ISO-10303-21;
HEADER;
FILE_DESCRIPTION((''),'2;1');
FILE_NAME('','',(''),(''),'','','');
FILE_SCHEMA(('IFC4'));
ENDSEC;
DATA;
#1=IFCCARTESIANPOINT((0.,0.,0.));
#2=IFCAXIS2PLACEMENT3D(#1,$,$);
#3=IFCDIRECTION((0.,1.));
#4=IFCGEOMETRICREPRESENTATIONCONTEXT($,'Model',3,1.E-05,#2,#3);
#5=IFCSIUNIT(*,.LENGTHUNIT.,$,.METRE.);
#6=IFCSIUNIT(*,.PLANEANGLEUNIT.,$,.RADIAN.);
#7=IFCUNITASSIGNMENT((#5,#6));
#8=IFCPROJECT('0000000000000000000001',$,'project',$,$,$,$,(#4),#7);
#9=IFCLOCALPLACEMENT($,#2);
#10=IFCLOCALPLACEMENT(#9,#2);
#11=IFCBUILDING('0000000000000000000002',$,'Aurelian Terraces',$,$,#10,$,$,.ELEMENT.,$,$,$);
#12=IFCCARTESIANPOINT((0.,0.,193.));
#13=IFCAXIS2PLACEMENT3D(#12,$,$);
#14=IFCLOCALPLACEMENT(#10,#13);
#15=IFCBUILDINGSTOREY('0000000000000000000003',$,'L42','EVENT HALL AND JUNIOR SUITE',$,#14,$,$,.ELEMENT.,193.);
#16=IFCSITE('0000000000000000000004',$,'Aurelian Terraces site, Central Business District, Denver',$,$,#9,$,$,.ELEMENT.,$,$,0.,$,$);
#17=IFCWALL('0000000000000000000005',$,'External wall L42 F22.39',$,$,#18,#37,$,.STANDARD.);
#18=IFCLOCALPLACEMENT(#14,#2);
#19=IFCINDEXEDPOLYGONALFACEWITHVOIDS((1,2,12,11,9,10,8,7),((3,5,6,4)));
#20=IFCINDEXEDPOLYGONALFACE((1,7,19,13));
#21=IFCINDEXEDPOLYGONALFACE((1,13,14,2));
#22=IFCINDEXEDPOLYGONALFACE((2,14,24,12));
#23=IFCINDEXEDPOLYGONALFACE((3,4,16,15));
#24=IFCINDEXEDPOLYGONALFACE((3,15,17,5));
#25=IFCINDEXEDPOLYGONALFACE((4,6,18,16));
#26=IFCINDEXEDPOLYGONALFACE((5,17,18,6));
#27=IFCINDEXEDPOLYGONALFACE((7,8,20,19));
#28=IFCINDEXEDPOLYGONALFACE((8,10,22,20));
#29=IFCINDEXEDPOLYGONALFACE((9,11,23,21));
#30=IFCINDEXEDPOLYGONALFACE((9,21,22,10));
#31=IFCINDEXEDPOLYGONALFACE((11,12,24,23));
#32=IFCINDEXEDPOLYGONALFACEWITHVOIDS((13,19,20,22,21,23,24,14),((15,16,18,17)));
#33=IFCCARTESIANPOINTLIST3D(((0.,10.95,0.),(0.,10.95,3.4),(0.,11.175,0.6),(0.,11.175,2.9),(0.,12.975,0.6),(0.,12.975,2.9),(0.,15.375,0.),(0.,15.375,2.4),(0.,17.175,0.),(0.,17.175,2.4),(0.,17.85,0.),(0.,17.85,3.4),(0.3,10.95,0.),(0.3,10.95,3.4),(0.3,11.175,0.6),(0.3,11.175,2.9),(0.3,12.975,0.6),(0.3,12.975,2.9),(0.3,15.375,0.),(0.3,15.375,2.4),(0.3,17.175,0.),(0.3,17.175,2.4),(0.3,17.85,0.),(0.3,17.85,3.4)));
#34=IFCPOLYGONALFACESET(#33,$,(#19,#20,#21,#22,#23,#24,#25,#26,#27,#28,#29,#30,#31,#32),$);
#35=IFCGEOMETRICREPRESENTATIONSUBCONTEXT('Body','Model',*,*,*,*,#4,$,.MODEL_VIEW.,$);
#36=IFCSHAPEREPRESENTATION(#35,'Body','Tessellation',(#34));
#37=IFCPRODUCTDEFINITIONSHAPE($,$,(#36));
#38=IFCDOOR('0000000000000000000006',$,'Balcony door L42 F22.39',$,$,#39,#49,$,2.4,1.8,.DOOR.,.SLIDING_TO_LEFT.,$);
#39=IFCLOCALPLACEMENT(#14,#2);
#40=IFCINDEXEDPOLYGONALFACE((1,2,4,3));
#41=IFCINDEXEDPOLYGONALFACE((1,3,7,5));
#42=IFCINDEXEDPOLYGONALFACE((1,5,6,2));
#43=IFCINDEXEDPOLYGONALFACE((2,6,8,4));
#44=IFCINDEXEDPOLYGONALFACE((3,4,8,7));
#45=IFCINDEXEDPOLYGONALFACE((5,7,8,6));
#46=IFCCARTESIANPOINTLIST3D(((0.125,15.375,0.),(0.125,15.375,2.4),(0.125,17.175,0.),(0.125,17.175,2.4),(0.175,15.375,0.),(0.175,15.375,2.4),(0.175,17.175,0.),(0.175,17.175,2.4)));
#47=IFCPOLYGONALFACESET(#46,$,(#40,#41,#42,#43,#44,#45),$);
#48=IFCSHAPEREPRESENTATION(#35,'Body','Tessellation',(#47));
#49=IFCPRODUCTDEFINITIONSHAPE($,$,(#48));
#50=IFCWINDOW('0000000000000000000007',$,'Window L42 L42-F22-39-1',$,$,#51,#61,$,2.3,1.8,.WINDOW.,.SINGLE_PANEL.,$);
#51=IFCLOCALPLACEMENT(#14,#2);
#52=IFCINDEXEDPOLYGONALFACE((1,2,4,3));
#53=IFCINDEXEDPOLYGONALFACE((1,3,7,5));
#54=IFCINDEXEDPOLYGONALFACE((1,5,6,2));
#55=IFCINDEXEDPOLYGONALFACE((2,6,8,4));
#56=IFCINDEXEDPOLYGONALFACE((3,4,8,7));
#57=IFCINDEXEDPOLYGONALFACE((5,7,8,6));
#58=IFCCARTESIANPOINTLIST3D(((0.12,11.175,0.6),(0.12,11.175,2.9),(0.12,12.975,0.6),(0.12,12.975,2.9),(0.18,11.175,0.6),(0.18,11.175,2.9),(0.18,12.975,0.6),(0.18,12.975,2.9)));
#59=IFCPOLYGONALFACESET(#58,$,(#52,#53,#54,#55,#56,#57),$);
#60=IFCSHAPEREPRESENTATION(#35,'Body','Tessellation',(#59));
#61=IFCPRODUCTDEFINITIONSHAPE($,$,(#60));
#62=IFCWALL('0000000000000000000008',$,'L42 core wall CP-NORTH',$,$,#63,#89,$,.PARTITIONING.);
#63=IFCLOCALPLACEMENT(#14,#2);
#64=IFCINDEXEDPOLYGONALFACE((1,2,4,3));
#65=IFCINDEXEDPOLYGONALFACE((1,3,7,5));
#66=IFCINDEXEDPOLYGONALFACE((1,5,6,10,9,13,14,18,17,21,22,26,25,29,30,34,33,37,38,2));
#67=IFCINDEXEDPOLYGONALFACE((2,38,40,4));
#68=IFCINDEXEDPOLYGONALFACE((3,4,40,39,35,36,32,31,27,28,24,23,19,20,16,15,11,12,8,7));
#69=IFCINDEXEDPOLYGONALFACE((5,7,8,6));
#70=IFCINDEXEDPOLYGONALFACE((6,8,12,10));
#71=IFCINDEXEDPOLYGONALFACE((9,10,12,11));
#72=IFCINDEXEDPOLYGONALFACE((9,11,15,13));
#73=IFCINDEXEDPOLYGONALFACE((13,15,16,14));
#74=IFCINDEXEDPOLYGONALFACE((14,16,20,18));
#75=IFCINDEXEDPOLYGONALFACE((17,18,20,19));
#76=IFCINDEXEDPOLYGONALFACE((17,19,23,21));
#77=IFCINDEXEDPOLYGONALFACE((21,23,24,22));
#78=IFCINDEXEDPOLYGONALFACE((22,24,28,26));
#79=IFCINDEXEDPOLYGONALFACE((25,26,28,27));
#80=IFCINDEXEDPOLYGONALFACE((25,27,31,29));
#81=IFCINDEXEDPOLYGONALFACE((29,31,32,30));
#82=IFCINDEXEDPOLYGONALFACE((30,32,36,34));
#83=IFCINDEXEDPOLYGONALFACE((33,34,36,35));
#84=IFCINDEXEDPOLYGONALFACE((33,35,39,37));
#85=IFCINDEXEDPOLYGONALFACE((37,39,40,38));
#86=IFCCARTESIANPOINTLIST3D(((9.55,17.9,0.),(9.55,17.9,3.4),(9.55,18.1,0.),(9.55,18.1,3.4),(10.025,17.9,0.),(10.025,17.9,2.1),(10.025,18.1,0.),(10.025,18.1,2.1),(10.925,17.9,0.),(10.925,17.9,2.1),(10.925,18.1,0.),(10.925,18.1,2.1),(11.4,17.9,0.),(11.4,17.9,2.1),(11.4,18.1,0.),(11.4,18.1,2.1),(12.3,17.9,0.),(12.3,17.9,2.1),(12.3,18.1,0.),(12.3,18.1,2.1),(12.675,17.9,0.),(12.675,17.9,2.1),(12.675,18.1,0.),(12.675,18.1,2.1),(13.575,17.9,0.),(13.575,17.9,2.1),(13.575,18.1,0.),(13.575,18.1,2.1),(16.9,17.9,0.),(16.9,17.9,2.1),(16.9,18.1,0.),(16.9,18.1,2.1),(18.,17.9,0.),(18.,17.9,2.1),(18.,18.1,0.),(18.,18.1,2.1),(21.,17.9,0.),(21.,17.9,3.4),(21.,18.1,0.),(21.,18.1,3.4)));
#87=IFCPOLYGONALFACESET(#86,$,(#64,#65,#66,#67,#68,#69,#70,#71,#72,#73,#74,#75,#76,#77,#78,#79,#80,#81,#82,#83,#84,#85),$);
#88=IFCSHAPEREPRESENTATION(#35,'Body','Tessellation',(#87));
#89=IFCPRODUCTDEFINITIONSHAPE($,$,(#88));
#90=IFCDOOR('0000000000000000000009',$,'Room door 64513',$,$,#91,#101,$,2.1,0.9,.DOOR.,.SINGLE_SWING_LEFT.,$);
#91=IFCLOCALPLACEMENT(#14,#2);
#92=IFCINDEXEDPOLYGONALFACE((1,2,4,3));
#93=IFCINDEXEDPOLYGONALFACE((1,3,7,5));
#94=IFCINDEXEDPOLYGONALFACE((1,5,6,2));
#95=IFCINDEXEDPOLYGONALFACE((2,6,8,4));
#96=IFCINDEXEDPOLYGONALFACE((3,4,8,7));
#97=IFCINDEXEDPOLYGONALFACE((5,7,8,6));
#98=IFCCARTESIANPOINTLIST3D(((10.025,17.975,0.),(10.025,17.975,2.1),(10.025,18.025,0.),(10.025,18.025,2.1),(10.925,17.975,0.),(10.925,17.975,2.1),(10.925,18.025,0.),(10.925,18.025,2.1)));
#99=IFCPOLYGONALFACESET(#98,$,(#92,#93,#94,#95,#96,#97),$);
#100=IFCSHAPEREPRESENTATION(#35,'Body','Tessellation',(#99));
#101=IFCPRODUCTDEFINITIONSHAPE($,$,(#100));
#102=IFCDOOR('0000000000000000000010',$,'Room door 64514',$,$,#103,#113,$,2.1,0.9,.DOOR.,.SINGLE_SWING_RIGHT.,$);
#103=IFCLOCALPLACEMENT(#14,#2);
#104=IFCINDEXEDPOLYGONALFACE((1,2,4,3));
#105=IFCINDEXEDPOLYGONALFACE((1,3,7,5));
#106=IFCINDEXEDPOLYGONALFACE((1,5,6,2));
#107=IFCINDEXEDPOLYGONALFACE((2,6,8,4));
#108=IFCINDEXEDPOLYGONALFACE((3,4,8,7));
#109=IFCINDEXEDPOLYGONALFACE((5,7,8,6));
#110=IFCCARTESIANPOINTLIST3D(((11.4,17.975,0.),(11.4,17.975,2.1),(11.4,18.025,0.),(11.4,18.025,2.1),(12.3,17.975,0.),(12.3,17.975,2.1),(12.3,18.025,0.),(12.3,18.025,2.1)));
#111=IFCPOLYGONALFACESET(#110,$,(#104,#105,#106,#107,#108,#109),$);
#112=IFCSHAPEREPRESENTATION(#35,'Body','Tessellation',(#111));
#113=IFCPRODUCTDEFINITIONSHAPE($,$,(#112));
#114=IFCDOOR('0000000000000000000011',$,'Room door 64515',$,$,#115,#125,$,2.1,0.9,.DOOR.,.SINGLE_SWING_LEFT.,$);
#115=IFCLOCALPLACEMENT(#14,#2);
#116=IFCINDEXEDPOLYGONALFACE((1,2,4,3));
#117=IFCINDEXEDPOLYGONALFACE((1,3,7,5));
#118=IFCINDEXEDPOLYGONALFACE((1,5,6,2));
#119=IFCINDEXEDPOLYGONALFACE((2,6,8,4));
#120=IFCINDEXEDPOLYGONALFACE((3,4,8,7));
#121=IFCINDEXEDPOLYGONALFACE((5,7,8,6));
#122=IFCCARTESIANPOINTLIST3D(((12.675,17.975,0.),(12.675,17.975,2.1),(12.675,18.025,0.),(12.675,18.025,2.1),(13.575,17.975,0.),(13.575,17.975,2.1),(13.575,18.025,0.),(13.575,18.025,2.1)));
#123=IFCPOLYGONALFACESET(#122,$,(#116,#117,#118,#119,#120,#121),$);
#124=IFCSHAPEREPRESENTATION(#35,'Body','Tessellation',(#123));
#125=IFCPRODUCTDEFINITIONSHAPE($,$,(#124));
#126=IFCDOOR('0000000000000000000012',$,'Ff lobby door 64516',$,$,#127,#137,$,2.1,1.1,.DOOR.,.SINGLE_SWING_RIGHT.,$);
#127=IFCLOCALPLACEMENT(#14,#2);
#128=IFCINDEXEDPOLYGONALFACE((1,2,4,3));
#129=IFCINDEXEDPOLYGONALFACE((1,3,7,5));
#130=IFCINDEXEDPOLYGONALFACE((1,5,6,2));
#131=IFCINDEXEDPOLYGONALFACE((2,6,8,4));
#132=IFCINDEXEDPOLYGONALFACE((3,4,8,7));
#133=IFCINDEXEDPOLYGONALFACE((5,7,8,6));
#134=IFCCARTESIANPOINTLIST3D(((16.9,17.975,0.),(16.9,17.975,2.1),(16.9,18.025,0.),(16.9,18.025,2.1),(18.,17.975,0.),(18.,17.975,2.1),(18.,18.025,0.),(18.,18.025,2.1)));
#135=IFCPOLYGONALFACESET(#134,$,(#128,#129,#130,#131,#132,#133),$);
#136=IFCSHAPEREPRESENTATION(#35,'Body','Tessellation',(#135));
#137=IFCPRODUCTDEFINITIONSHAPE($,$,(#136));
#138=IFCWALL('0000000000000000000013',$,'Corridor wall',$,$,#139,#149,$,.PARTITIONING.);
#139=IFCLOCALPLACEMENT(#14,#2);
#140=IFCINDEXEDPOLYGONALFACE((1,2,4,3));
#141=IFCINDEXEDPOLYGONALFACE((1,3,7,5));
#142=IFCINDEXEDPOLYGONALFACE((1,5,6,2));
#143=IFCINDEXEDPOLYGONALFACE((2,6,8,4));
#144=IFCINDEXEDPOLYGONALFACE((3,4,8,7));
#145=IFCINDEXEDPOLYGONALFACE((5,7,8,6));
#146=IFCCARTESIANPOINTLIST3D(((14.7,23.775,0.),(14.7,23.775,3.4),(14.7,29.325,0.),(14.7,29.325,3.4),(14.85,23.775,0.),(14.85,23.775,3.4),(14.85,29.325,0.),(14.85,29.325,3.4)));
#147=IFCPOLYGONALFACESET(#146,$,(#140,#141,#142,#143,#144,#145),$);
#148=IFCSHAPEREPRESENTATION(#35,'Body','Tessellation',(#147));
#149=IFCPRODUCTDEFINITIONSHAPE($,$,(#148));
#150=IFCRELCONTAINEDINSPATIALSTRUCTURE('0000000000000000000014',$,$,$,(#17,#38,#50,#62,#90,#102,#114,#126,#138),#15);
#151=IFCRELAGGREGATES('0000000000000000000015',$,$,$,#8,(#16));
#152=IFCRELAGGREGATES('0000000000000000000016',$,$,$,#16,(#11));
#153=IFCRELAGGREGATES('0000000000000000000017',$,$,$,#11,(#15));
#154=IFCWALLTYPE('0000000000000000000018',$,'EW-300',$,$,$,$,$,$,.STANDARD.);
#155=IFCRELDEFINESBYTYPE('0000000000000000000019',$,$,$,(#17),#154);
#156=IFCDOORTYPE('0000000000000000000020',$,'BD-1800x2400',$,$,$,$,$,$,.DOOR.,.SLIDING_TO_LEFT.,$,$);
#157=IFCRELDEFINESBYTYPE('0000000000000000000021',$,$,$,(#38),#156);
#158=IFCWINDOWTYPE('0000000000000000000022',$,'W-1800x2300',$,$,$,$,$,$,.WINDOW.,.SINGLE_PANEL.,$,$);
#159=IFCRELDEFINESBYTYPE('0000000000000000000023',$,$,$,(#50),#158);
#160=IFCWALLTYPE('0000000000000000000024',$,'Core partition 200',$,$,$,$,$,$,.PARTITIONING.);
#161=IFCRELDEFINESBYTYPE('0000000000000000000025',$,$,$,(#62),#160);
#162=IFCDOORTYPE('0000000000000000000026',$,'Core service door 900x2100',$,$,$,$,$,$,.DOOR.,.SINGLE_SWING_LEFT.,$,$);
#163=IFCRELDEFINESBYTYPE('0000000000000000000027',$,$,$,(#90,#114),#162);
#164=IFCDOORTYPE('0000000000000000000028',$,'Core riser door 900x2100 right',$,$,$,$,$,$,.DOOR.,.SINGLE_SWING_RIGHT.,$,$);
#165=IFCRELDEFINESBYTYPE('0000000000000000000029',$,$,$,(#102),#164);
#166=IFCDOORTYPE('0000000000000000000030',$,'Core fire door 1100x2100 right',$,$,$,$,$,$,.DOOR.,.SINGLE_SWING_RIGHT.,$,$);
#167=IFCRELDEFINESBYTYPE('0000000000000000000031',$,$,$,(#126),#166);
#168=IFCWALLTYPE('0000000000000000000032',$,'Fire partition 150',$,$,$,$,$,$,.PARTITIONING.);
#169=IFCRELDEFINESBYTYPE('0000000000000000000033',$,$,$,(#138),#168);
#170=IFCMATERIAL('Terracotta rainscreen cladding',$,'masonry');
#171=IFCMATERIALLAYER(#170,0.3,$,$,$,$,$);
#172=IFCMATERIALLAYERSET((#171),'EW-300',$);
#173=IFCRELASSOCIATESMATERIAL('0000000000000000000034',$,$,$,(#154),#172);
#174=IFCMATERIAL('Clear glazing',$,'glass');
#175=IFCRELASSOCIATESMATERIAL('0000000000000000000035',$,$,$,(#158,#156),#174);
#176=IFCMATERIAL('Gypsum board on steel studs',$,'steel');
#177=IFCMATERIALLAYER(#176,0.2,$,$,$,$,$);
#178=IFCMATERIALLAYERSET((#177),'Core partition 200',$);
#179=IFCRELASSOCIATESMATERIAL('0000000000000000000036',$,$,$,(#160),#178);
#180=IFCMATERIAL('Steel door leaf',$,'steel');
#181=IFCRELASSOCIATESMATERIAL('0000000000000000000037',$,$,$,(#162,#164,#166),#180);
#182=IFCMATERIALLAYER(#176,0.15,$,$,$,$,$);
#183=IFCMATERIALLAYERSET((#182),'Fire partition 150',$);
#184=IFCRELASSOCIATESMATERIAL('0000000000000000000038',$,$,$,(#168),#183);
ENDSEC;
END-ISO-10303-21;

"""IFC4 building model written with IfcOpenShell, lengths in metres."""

from ifc_helpers import new_model, si_unit, direction, frame, frame_2d, origin, place, context, subcontext, project, spatial, rectangle, extrude, source, transform, mapped, material, layer, layer_set, type_object, element, fill, save


model = new_model("IFC4")

# Units and contexts
model_context = context("Model", 3, precision=1e-05, world=origin(), true_north=direction((0.0, 1.0)))
body_context = subcontext(model_context, "Body", "Model", "MODEL_VIEW")
ifc_project = project(units=[si_unit("LENGTHUNIT", "METRE"), si_unit("PLANEANGLEUNIT", "RADIAN")], contexts=[model_context])

# Site, building, storey
site_placement = place(None, origin())
site = spatial("IfcSite", under=ifc_project, at=site_placement, Name="Aurelian Terraces site, Central Business District, Denver", CompositionType="ELEMENT", RefElevation=0.0)
building_placement = place(site_placement, origin())
building = spatial("IfcBuilding", under=site, at=building_placement, Name="Aurelian Terraces", CompositionType="ELEMENT")
storey_placement = place(building_placement, frame((0.0, 0.0, 193.0)))
storey = spatial("IfcBuildingStorey", under=building, at=storey_placement, Name="L42", Description="EVENT HALL AND JUNIOR SUITE", CompositionType="ELEMENT", Elevation=193.0)

# Shared definitions
ifc_material_1 = material(Name="Gypsum board on steel studs", Category="steel")
shared_shape_1 = source(origin(), body_context, "Body", "SweptSolid", [
    extrude(rectangle(XDim=0.9, YDim=2.1, at=frame_2d((0.45, 1.05))), frame((0.0, 0.025, 0.0), z_axis=(0.0, -1.0, 0.0), x_axis=(1.0, 0.0, 0.0)), (0.0, 0.0, 1.0), 0.05),
])
ifc_material_2 = material(Name="Steel door leaf", Category="steel")

# Shared definitions
ifc_material_3 = material(Name="Terracotta rainscreen cladding", Category="masonry")
ifc_layer_1 = layer(ifc_material_3, 0.3)
ifc_layer_set_1 = layer_set([ifc_layer_1], Name="EW-300")
wall_type_1 = type_object("IfcWallType", Name="EW-300", PredefinedType="STANDARD", material=ifc_layer_set_1)
shared_shape_2 = source(origin(), body_context, "Body", "SweptSolid", [
    extrude(rectangle(XDim=1.8, YDim=2.3, at=frame_2d((0.9, 1.15))), frame((0.0, 0.16, 0.0), z_axis=(0.0, -1.0, 0.0), x_axis=(1.0, 0.0, 0.0)), (0.0, 0.0, 1.0), 0.32),
])
ifc_material_4 = material(Name="Clear glazing", Category="glass")
window_type_1 = type_object("IfcWindowType", Name="W-1800x2300", PartitioningType="SINGLE_PANEL", PredefinedType="WINDOW", material=ifc_material_4)
shared_shape_3 = source(origin(), body_context, "Body", "SweptSolid", [
    extrude(rectangle(XDim=1.8, YDim=2.3, at=frame_2d((0.9, 1.15))), frame((0.0, 0.03, 0.0), z_axis=(0.0, -1.0, 0.0), x_axis=(1.0, 0.0, 0.0)), (0.0, 0.0, 1.0), 0.06),
])

# Wall, openings, door, window
shared_shape_4 = source(origin(), body_context, "Body", "SweptSolid", [
    extrude(rectangle(XDim=6.9, YDim=0.3, at=frame_2d((3.45, 0.0))), origin(), (0.0, 0.0, 1.0), 3.4),
])
wall_1_placement = place(storey_placement, frame((0.15, 17.85, 0.0), z_axis=(0.0, 0.0, 1.0), x_axis=(0.0, -1.0, 0.0)))
wall_1 = element("IfcWall", 1, at=wall_1_placement, inside=storey, type_object=wall_type_1, Name="External wall L42 F22.39", PredefinedType="STANDARD", context=body_context, shape_type="MappedRepresentation", body=[
    mapped(shared_shape_4, transform((0.0, 0.0, 0.0), scale=1.0)),
])
shared_shape_5 = source(origin(), body_context, "Body", "SweptSolid", [
    extrude(rectangle(XDim=1.8, YDim=2.4, at=frame_2d((0.9, 1.2))), frame((0.0, 0.16, 0.0), z_axis=(0.0, -1.0, 0.0), x_axis=(1.0, 0.0, 0.0)), (0.0, 0.0, 1.0), 0.32),
])
opening_1_placement = place(wall_1_placement, frame((0.675, 0.0, 0.0)))
opening_1 = element("IfcOpeningElement", 2, at=opening_1_placement, cuts=wall_1, PredefinedType="OPENING", context=body_context, shape_type="MappedRepresentation", body=[
    mapped(shared_shape_5, transform((0.0, 0.0, 0.0), scale=1.0)),
])
opening_2_placement = place(wall_1_placement, frame((4.875, 0.0, 0.6)))
opening_2 = element("IfcOpeningElement", 3, at=opening_2_placement, cuts=wall_1, PredefinedType="OPENING", context=body_context, shape_type="MappedRepresentation", body=[
    mapped(shared_shape_2, transform((0.0, 0.0, 0.0), scale=1.0)),
])
door_type_1 = type_object("IfcDoorType", Name="BD-1800x2400", OperationType="SLIDING_TO_LEFT", PredefinedType="DOOR", material=ifc_material_4)
shared_shape_6 = source(origin(), body_context, "Body", "SweptSolid", [
    extrude(rectangle(XDim=1.8, YDim=2.4, at=frame_2d((0.9, 1.2))), frame((0.0, 0.025, 0.0), z_axis=(0.0, -1.0, 0.0), x_axis=(1.0, 0.0, 0.0)), (0.0, 0.0, 1.0), 0.05),
])
door_1_placement = place(opening_1_placement, origin())
door_1 = element("IfcDoor", 4, at=door_1_placement, inside=storey, type_object=door_type_1, Name="Balcony door L42 F22.39", OperationType="SLIDING_TO_LEFT", OverallHeight=2.4, OverallWidth=1.8, PredefinedType="DOOR", context=body_context, shape_type="MappedRepresentation", body=[
    mapped(shared_shape_6, transform((0.0, 0.0, 0.0), scale=1.0)),
])
fill(opening_1, door_1)
window_1_placement = place(opening_2_placement, origin())
window_1 = element("IfcWindow", 5, at=window_1_placement, inside=storey, type_object=window_type_1, Name="Window L42 L42-F22-39-1", OverallHeight=2.3, OverallWidth=1.8, PartitioningType="SINGLE_PANEL", PredefinedType="WINDOW", context=body_context, shape_type="MappedRepresentation", body=[
    mapped(shared_shape_3, transform((0.0, 0.0, 0.0), scale=1.0)),
])
fill(opening_2, window_1)

# Wall, openings, doors
ifc_layer_2 = layer(ifc_material_1, 0.2)
ifc_layer_set_2 = layer_set([ifc_layer_2], Name="Core partition 200")
wall_type_2 = type_object("IfcWallType", Name="Core partition 200", PredefinedType="PARTITIONING", material=ifc_layer_set_2)
shared_shape_7 = source(origin(), body_context, "Body", "SweptSolid", [
    extrude(rectangle(XDim=11.45, YDim=0.2, at=frame_2d((5.725, 0.0))), origin(), (0.0, 0.0, 1.0), 3.4),
])
wall_2_placement = place(storey_placement, frame((9.55, 18.0, 0.0), z_axis=(0.0, 0.0, 1.0), x_axis=(1.0, 0.0, 0.0)))
wall_2 = element("IfcWall", 6, at=wall_2_placement, inside=storey, type_object=wall_type_2, Name="L42 core wall CP-NORTH", PredefinedType="PARTITIONING", context=body_context, shape_type="MappedRepresentation", body=[
    mapped(shared_shape_7, transform((0.0, 0.0, 0.0), scale=1.0)),
])
shared_shape_8 = source(origin(), body_context, "Body", "SweptSolid", [
    extrude(rectangle(XDim=0.9, YDim=2.1, at=frame_2d((0.45, 1.05))), frame((0.0, 0.11, 0.0), z_axis=(0.0, -1.0, 0.0), x_axis=(1.0, 0.0, 0.0)), (0.0, 0.0, 1.0), 0.22),
])
opening_3_placement = place(wall_2_placement, frame((0.475, 0.0, 0.0)))
opening_3 = element("IfcOpeningElement", 7, at=opening_3_placement, cuts=wall_2, PredefinedType="OPENING", context=body_context, shape_type="MappedRepresentation", body=[
    mapped(shared_shape_8, transform((0.0, 0.0, 0.0), scale=1.0)),
])
opening_4_placement = place(wall_2_placement, frame((1.85, 0.0, 0.0)))
opening_4 = element("IfcOpeningElement", 8, at=opening_4_placement, cuts=wall_2, PredefinedType="OPENING", context=body_context, shape_type="MappedRepresentation", body=[
    mapped(shared_shape_8, transform((0.0, 0.0, 0.0), scale=1.0)),
])
opening_5_placement = place(wall_2_placement, frame((3.125, 0.0, 0.0)))
opening_5 = element("IfcOpeningElement", 9, at=opening_5_placement, cuts=wall_2, PredefinedType="OPENING", context=body_context, shape_type="MappedRepresentation", body=[
    mapped(shared_shape_8, transform((0.0, 0.0, 0.0), scale=1.0)),
])
shared_shape_9 = source(origin(), body_context, "Body", "SweptSolid", [
    extrude(rectangle(XDim=1.1, YDim=2.1, at=frame_2d((0.55, 1.05))), frame((0.0, 0.11, 0.0), z_axis=(0.0, -1.0, 0.0), x_axis=(1.0, 0.0, 0.0)), (0.0, 0.0, 1.0), 0.22),
])
opening_6_placement = place(wall_2_placement, frame((7.35, 0.0, 0.0)))
opening_6 = element("IfcOpeningElement", 10, at=opening_6_placement, cuts=wall_2, PredefinedType="OPENING", context=body_context, shape_type="MappedRepresentation", body=[
    mapped(shared_shape_9, transform((0.0, 0.0, 0.0), scale=1.0)),
])
door_type_2 = type_object("IfcDoorType", Name="Core service door 900x2100", OperationType="SINGLE_SWING_LEFT", PredefinedType="DOOR", material=ifc_material_2)
door_2_placement = place(opening_3_placement, origin())
door_2 = element("IfcDoor", 11, at=door_2_placement, inside=storey, type_object=door_type_2, Name="Room door 64513", OperationType="SINGLE_SWING_LEFT", OverallHeight=2.1, OverallWidth=0.9, PredefinedType="DOOR", context=body_context, shape_type="MappedRepresentation", body=[
    mapped(shared_shape_1, transform((0.0, 0.0, 0.0), scale=1.0)),
])
fill(opening_3, door_2)
door_type_3 = type_object("IfcDoorType", Name="Core riser door 900x2100 right", OperationType="SINGLE_SWING_RIGHT", PredefinedType="DOOR", material=ifc_material_2)
door_3_placement = place(opening_4_placement, origin())
door_3 = element("IfcDoor", 12, at=door_3_placement, inside=storey, type_object=door_type_3, Name="Room door 64514", OperationType="SINGLE_SWING_RIGHT", OverallHeight=2.1, OverallWidth=0.9, PredefinedType="DOOR", context=body_context, shape_type="MappedRepresentation", body=[
    mapped(shared_shape_1, transform((0.0, 0.0, 0.0), scale=1.0)),
])
fill(opening_4, door_3)
door_4_placement = place(opening_5_placement, origin())
door_4 = element("IfcDoor", 13, at=door_4_placement, inside=storey, type_object=door_type_2, Name="Room door 64515", OperationType="SINGLE_SWING_LEFT", OverallHeight=2.1, OverallWidth=0.9, PredefinedType="DOOR", context=body_context, shape_type="MappedRepresentation", body=[
    mapped(shared_shape_1, transform((0.0, 0.0, 0.0), scale=1.0)),
])
fill(opening_5, door_4)
door_type_4 = type_object("IfcDoorType", Name="Core fire door 1100x2100 right", OperationType="SINGLE_SWING_RIGHT", PredefinedType="DOOR", material=ifc_material_2)
shared_shape_10 = source(origin(), body_context, "Body", "SweptSolid", [
    extrude(rectangle(XDim=1.1, YDim=2.1, at=frame_2d((0.55, 1.05))), frame((0.0, 0.025, 0.0), z_axis=(0.0, -1.0, 0.0), x_axis=(1.0, 0.0, 0.0)), (0.0, 0.0, 1.0), 0.05),
])
door_5_placement = place(opening_6_placement, origin())
door_5 = element("IfcDoor", 14, at=door_5_placement, inside=storey, type_object=door_type_4, Name="Ff lobby door 64516", OperationType="SINGLE_SWING_RIGHT", OverallHeight=2.1, OverallWidth=1.1, PredefinedType="DOOR", context=body_context, shape_type="MappedRepresentation", body=[
    mapped(shared_shape_10, transform((0.0, 0.0, 0.0), scale=1.0)),
])
fill(opening_6, door_5)

# Wall
ifc_layer_3 = layer(ifc_material_1, 0.15)
ifc_layer_set_3 = layer_set([ifc_layer_3], Name="Fire partition 150")
wall_type_3 = type_object("IfcWallType", Name="Fire partition 150", PredefinedType="PARTITIONING", material=ifc_layer_set_3)
shared_shape_11 = source(origin(), body_context, "Body", "SweptSolid", [
    extrude(rectangle(XDim=5.55, YDim=0.15, at=frame_2d((2.775, 0.0))), origin(), (0.0, 0.0, 1.0), 3.4),
])
wall_3_placement = place(storey_placement, frame((14.775, 23.775, 0.0), z_axis=(0.0, 0.0, 1.0), x_axis=(0.0, 1.0, 0.0)))
element("IfcWall", 15, at=wall_3_placement, inside=storey, type_object=wall_type_3, Name="Corridor wall", PredefinedType="PARTITIONING", context=body_context, shape_type="MappedRepresentation", body=[
    mapped(shared_shape_11, transform((0.0, 0.0, 0.0), scale=1.0)),
])

save(model, "model.ifc")
